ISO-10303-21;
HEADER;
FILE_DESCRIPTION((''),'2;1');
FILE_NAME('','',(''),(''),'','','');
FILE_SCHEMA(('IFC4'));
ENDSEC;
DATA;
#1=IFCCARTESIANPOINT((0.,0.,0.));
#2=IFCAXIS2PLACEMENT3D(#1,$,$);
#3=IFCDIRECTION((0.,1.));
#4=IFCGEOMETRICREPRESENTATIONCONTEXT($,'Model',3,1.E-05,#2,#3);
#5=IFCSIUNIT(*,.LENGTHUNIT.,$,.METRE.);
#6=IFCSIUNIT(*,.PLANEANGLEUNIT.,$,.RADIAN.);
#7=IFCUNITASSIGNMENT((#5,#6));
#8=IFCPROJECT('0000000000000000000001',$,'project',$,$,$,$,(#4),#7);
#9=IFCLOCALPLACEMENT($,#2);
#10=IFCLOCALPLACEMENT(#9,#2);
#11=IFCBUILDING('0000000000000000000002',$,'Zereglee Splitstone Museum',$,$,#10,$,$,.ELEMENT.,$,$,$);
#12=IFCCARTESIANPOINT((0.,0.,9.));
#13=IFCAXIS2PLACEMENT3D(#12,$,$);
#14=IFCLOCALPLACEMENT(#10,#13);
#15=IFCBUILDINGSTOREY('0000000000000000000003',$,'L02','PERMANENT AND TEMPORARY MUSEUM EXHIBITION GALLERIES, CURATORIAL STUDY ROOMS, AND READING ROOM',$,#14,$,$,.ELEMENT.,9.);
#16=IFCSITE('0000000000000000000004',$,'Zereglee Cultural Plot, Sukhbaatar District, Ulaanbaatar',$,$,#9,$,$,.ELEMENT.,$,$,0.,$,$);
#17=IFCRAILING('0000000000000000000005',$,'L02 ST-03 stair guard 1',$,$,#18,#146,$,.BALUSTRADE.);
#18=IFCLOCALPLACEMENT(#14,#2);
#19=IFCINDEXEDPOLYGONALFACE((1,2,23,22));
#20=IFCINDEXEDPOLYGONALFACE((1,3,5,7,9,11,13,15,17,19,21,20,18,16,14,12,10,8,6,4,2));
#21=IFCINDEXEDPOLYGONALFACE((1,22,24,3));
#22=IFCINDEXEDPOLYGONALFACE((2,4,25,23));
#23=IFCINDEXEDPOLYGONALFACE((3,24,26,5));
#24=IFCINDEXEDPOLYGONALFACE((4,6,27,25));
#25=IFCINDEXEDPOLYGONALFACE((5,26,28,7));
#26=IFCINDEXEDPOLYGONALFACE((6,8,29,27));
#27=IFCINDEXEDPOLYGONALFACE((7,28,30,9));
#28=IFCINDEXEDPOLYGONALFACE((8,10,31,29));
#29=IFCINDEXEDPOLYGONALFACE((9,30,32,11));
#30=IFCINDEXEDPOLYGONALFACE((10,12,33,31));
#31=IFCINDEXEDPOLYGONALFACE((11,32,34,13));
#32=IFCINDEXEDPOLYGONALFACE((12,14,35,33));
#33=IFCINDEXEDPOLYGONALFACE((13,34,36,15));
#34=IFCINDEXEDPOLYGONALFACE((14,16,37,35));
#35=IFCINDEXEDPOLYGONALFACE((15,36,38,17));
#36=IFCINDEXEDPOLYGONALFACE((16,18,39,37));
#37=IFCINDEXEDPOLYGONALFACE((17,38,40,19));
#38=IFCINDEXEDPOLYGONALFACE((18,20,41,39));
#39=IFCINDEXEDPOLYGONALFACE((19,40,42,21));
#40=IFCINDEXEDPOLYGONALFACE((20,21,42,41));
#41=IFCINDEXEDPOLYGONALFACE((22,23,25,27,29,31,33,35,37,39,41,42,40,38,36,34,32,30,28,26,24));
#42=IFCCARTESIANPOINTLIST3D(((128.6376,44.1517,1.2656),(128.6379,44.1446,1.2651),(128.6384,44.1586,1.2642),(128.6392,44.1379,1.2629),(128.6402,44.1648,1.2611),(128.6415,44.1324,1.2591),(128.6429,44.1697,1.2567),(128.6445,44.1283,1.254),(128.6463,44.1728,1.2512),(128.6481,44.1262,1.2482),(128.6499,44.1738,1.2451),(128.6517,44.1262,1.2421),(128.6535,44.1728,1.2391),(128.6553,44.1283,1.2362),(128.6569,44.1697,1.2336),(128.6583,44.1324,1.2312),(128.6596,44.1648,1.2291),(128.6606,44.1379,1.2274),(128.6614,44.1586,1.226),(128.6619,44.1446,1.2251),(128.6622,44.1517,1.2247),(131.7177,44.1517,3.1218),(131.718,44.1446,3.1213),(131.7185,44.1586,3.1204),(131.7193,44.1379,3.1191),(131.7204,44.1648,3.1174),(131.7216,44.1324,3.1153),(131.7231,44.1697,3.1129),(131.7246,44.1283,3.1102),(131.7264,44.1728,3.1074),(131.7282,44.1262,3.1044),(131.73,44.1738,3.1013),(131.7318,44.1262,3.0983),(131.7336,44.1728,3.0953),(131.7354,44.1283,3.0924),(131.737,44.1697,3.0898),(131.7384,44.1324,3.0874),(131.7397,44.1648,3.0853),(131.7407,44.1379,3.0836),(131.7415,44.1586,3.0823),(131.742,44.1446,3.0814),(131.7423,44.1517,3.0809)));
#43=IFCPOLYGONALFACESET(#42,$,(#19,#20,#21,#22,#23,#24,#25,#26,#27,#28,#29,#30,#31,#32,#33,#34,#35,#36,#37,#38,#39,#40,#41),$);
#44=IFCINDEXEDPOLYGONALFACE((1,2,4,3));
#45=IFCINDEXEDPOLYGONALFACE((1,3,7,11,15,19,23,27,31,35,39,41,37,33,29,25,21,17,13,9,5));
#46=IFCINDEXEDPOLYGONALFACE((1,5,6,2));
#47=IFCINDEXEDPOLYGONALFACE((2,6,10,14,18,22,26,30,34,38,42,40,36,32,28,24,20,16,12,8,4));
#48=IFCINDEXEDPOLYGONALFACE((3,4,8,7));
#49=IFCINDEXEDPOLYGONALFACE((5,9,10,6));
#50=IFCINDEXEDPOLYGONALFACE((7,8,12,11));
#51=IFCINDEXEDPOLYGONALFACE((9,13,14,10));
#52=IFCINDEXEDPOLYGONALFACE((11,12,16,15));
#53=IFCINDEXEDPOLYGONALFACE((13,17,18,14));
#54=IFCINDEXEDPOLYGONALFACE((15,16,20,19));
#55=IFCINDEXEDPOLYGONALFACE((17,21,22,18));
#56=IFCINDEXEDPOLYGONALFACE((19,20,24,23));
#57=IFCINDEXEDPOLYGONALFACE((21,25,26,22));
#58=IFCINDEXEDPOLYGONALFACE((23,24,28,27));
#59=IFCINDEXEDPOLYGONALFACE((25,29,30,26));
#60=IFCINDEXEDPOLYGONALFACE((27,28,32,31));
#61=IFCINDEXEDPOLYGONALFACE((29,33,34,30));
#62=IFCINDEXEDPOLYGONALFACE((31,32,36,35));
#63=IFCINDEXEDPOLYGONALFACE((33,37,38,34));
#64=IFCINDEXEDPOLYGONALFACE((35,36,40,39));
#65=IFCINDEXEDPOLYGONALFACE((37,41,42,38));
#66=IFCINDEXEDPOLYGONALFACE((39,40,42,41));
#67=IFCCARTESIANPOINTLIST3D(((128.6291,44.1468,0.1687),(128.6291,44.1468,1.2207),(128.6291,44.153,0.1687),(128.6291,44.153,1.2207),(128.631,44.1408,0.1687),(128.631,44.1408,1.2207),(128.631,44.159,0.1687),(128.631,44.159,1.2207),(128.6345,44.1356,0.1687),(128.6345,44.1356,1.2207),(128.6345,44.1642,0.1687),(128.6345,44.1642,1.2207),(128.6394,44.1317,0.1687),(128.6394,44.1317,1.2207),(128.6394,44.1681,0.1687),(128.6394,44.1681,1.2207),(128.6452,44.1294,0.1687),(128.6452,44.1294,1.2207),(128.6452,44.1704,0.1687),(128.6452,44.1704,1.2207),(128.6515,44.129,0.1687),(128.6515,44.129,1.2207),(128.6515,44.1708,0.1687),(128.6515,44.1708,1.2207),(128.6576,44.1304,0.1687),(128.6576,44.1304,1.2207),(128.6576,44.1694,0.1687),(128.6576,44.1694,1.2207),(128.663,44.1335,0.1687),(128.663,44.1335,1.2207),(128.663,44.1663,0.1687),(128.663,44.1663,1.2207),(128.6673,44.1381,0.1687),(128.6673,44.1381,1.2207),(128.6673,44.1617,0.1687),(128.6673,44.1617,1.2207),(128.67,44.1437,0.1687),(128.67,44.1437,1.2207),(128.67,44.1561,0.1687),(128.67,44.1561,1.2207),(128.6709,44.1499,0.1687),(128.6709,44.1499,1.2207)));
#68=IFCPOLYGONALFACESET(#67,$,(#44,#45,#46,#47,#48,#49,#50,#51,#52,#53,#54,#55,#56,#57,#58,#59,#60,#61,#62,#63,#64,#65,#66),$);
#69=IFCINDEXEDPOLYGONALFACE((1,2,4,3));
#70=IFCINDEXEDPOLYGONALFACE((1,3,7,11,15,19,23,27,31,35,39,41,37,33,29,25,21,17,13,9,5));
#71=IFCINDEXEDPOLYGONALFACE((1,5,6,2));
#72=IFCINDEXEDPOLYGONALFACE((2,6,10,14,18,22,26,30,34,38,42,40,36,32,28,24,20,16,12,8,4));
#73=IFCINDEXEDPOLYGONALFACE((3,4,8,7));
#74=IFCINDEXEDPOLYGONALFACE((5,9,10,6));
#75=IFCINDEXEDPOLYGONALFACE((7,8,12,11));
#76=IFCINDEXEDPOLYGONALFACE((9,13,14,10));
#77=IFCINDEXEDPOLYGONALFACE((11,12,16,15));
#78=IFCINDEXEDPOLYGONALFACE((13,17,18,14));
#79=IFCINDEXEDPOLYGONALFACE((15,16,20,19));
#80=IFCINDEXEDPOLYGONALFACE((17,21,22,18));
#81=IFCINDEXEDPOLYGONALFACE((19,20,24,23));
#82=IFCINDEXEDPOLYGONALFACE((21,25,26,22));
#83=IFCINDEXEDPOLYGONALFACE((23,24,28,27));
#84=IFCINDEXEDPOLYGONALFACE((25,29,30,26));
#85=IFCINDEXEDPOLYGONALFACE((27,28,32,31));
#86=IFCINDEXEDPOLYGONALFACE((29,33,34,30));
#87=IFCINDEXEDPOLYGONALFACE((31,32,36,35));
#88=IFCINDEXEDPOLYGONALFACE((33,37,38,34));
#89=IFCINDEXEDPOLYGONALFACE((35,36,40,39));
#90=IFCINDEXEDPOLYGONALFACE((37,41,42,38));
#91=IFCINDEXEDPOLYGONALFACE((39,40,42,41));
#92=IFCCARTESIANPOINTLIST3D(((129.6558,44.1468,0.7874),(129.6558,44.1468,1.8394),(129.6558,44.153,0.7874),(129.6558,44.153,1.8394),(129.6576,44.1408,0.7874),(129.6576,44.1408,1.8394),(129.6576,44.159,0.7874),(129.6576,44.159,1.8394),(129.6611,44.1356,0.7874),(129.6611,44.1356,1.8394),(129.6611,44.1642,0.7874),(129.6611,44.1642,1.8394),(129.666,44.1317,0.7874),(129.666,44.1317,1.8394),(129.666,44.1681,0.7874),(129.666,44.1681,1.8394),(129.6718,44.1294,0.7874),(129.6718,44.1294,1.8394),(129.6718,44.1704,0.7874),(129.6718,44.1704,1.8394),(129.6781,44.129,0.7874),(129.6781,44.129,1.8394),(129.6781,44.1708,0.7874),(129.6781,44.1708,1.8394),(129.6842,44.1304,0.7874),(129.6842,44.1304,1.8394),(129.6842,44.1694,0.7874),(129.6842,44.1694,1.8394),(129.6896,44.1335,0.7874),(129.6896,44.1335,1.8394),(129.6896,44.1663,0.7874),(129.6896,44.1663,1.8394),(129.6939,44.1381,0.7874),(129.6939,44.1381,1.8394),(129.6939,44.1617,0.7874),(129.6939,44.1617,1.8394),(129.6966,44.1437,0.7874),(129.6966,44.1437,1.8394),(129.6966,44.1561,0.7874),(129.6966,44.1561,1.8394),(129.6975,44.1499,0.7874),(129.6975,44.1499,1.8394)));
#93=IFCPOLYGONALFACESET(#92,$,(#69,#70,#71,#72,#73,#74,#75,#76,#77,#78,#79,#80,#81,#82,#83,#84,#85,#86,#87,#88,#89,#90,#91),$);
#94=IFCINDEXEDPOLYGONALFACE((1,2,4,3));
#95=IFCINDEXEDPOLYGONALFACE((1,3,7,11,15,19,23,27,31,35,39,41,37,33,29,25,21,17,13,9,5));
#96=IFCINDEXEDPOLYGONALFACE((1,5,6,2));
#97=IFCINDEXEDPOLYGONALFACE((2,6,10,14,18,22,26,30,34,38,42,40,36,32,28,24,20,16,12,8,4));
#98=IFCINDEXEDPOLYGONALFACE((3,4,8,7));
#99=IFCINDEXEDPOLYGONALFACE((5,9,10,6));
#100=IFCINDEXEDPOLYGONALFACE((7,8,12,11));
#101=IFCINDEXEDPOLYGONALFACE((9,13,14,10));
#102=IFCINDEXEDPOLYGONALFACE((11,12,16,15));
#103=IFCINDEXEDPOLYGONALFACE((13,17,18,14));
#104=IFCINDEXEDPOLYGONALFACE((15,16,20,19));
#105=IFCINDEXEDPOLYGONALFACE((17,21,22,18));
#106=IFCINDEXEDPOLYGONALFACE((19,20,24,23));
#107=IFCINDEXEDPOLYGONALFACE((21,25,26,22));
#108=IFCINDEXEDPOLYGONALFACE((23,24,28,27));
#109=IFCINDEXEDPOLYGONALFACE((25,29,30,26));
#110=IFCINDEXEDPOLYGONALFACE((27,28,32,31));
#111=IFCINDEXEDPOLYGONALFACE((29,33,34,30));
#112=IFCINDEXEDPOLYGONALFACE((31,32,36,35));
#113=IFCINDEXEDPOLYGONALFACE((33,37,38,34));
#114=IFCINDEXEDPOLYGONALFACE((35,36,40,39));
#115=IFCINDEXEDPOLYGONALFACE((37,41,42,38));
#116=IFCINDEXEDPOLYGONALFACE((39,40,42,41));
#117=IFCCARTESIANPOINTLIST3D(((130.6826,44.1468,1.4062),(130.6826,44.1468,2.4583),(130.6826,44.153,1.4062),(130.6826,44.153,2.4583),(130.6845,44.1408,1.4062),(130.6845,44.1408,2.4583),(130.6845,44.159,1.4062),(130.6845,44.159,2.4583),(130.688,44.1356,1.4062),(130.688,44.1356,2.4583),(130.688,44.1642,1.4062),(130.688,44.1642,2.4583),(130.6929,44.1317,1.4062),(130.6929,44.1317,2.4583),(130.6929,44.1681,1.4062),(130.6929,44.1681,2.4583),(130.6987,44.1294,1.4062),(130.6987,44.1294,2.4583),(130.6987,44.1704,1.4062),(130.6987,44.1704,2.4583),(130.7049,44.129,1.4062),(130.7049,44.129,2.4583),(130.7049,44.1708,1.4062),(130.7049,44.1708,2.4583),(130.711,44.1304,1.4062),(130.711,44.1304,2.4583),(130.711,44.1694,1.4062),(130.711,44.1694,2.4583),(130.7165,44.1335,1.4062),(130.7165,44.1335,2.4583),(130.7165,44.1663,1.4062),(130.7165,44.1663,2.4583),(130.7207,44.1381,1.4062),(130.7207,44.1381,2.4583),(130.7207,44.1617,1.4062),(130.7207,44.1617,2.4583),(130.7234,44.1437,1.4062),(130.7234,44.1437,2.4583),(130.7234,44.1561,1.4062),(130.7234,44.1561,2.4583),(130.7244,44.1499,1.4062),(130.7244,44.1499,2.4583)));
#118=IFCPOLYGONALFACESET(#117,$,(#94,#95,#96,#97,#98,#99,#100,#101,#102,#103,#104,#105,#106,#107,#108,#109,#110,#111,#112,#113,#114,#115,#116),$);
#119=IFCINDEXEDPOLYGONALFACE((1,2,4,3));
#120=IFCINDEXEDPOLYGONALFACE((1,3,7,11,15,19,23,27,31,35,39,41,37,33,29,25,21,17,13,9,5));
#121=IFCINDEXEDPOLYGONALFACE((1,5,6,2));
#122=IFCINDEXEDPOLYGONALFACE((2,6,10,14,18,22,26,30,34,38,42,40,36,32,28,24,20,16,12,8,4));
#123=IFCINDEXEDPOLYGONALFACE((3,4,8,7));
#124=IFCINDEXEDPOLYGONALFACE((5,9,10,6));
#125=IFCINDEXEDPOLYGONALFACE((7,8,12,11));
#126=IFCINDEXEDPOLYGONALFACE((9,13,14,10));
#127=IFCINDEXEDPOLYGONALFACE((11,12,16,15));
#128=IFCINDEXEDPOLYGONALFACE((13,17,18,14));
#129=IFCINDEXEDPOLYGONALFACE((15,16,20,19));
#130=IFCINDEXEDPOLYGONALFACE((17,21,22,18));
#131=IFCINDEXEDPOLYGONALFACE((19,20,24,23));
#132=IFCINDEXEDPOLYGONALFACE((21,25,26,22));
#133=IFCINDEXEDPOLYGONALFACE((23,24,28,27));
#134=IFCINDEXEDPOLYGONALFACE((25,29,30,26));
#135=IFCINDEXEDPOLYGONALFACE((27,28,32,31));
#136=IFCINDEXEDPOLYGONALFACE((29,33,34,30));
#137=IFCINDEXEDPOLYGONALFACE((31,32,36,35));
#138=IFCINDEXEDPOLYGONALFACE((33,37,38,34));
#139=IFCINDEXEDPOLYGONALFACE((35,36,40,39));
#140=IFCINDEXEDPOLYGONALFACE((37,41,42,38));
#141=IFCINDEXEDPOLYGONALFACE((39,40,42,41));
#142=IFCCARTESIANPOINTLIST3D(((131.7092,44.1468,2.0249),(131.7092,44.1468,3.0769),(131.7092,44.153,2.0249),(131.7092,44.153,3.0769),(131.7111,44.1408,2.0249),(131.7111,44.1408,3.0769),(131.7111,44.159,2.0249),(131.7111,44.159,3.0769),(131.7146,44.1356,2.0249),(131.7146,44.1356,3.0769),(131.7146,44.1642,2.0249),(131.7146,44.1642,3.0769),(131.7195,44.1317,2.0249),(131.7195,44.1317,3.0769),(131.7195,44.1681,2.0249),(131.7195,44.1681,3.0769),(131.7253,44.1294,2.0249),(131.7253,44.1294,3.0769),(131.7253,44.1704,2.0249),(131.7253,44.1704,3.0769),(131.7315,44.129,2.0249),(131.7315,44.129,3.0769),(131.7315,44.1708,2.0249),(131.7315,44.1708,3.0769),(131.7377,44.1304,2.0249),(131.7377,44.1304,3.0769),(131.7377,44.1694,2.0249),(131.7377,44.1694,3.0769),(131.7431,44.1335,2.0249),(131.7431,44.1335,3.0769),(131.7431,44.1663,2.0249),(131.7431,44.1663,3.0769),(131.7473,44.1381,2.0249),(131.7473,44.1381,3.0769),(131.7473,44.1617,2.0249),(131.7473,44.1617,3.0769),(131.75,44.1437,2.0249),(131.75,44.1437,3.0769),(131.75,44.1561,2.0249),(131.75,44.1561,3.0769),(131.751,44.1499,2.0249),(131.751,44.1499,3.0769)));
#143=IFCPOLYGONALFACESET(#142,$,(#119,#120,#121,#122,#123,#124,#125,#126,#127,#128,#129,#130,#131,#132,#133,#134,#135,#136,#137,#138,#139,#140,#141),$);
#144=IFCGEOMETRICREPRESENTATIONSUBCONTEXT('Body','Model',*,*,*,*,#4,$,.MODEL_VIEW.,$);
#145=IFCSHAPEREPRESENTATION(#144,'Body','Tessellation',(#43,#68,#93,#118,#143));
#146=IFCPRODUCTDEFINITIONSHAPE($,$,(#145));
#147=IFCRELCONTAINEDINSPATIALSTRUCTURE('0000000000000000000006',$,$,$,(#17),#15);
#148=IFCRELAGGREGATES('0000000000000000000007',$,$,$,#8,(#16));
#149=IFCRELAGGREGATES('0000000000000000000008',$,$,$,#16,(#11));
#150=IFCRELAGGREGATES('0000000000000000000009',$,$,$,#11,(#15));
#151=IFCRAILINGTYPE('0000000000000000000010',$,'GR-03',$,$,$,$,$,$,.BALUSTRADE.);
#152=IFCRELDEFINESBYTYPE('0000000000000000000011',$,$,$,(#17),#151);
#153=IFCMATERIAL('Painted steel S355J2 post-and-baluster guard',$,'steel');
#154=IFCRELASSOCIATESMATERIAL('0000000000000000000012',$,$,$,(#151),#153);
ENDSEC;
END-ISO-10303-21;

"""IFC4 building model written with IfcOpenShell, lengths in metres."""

from ifc_helpers import new_model, si_unit, direction, frame, origin, origin_2d, place, context, subcontext, project, spatial, circle, extrude, material, type_object, element, save


model = new_model("IFC4")

# Units and contexts
model_context = context("Model", 3, precision=1e-05, world=origin(), true_north=direction((0.0, 1.0)))
body_context = subcontext(model_context, "Body", "Model", "MODEL_VIEW")
ifc_project = project(units=[si_unit("LENGTHUNIT", "METRE"), si_unit("PLANEANGLEUNIT", "RADIAN")], contexts=[model_context])

# Site, building, storey
site_placement = place(None, origin())
site = spatial("IfcSite", under=ifc_project, at=site_placement, Name="Zereglee Cultural Plot, Sukhbaatar District, Ulaanbaatar", CompositionType="ELEMENT", RefElevation=0.0)
building_placement = place(site_placement, origin())
building = spatial("IfcBuilding", under=site, at=building_placement, Name="Zereglee Splitstone Museum", CompositionType="ELEMENT")
storey_placement = place(building_placement, frame((0.0, 0.0, 9.0)))
storey = spatial("IfcBuildingStorey", under=building, at=storey_placement, Name="L02", Description="PERMANENT AND TEMPORARY MUSEUM EXHIBITION GALLERIES, CURATORIAL STUDY ROOMS, AND READING ROOM", CompositionType="ELEMENT", Elevation=9.0)

# Railing
ifc_material_1 = material(Name="Painted steel S355J2 post-and-baluster guard", Category="steel")
railing_type_1 = type_object("IfcRailingType", Name="GR-03", PredefinedType="BALUSTRADE", material=ifc_material_1)
railing_1_placement = place(storey_placement, frame((128.6499, 44.1499, 0.1687)))
element("IfcRailing", 1, at=railing_1_placement, inside=storey, type_object=railing_type_1, Name="L02 ST-03 stair guard 1", PredefinedType="BALUSTRADE", context=body_context, shape_type="SweptSolid", body=[
    extrude(circle(Radius=0.0239, at=origin_2d()), frame((0.0, 0.0, 1.0764), z_axis=(0.856491, 0.0, 0.516162), x_axis=(0.0, 1.0, 0.0)), (0.0, 0.0, 1.0), 3.5962),
    extrude(circle(Radius=0.021, at=origin_2d()), origin(), (0.0, 0.0, 1.0), 1.052),
    extrude(circle(Radius=0.021, at=origin_2d()), frame((1.0266, 0.0, 0.6187)), (0.0, 0.0, 1.0), 1.052),
    extrude(circle(Radius=0.021, at=origin_2d()), frame((2.0535, 0.0, 1.2375)), (0.0, 0.0, 1.0), 1.052),
    extrude(circle(Radius=0.021, at=origin_2d()), frame((3.0801, 0.0, 1.8562)), (0.0, 0.0, 1.0), 1.052),
])

save(model, "model.ifc")
